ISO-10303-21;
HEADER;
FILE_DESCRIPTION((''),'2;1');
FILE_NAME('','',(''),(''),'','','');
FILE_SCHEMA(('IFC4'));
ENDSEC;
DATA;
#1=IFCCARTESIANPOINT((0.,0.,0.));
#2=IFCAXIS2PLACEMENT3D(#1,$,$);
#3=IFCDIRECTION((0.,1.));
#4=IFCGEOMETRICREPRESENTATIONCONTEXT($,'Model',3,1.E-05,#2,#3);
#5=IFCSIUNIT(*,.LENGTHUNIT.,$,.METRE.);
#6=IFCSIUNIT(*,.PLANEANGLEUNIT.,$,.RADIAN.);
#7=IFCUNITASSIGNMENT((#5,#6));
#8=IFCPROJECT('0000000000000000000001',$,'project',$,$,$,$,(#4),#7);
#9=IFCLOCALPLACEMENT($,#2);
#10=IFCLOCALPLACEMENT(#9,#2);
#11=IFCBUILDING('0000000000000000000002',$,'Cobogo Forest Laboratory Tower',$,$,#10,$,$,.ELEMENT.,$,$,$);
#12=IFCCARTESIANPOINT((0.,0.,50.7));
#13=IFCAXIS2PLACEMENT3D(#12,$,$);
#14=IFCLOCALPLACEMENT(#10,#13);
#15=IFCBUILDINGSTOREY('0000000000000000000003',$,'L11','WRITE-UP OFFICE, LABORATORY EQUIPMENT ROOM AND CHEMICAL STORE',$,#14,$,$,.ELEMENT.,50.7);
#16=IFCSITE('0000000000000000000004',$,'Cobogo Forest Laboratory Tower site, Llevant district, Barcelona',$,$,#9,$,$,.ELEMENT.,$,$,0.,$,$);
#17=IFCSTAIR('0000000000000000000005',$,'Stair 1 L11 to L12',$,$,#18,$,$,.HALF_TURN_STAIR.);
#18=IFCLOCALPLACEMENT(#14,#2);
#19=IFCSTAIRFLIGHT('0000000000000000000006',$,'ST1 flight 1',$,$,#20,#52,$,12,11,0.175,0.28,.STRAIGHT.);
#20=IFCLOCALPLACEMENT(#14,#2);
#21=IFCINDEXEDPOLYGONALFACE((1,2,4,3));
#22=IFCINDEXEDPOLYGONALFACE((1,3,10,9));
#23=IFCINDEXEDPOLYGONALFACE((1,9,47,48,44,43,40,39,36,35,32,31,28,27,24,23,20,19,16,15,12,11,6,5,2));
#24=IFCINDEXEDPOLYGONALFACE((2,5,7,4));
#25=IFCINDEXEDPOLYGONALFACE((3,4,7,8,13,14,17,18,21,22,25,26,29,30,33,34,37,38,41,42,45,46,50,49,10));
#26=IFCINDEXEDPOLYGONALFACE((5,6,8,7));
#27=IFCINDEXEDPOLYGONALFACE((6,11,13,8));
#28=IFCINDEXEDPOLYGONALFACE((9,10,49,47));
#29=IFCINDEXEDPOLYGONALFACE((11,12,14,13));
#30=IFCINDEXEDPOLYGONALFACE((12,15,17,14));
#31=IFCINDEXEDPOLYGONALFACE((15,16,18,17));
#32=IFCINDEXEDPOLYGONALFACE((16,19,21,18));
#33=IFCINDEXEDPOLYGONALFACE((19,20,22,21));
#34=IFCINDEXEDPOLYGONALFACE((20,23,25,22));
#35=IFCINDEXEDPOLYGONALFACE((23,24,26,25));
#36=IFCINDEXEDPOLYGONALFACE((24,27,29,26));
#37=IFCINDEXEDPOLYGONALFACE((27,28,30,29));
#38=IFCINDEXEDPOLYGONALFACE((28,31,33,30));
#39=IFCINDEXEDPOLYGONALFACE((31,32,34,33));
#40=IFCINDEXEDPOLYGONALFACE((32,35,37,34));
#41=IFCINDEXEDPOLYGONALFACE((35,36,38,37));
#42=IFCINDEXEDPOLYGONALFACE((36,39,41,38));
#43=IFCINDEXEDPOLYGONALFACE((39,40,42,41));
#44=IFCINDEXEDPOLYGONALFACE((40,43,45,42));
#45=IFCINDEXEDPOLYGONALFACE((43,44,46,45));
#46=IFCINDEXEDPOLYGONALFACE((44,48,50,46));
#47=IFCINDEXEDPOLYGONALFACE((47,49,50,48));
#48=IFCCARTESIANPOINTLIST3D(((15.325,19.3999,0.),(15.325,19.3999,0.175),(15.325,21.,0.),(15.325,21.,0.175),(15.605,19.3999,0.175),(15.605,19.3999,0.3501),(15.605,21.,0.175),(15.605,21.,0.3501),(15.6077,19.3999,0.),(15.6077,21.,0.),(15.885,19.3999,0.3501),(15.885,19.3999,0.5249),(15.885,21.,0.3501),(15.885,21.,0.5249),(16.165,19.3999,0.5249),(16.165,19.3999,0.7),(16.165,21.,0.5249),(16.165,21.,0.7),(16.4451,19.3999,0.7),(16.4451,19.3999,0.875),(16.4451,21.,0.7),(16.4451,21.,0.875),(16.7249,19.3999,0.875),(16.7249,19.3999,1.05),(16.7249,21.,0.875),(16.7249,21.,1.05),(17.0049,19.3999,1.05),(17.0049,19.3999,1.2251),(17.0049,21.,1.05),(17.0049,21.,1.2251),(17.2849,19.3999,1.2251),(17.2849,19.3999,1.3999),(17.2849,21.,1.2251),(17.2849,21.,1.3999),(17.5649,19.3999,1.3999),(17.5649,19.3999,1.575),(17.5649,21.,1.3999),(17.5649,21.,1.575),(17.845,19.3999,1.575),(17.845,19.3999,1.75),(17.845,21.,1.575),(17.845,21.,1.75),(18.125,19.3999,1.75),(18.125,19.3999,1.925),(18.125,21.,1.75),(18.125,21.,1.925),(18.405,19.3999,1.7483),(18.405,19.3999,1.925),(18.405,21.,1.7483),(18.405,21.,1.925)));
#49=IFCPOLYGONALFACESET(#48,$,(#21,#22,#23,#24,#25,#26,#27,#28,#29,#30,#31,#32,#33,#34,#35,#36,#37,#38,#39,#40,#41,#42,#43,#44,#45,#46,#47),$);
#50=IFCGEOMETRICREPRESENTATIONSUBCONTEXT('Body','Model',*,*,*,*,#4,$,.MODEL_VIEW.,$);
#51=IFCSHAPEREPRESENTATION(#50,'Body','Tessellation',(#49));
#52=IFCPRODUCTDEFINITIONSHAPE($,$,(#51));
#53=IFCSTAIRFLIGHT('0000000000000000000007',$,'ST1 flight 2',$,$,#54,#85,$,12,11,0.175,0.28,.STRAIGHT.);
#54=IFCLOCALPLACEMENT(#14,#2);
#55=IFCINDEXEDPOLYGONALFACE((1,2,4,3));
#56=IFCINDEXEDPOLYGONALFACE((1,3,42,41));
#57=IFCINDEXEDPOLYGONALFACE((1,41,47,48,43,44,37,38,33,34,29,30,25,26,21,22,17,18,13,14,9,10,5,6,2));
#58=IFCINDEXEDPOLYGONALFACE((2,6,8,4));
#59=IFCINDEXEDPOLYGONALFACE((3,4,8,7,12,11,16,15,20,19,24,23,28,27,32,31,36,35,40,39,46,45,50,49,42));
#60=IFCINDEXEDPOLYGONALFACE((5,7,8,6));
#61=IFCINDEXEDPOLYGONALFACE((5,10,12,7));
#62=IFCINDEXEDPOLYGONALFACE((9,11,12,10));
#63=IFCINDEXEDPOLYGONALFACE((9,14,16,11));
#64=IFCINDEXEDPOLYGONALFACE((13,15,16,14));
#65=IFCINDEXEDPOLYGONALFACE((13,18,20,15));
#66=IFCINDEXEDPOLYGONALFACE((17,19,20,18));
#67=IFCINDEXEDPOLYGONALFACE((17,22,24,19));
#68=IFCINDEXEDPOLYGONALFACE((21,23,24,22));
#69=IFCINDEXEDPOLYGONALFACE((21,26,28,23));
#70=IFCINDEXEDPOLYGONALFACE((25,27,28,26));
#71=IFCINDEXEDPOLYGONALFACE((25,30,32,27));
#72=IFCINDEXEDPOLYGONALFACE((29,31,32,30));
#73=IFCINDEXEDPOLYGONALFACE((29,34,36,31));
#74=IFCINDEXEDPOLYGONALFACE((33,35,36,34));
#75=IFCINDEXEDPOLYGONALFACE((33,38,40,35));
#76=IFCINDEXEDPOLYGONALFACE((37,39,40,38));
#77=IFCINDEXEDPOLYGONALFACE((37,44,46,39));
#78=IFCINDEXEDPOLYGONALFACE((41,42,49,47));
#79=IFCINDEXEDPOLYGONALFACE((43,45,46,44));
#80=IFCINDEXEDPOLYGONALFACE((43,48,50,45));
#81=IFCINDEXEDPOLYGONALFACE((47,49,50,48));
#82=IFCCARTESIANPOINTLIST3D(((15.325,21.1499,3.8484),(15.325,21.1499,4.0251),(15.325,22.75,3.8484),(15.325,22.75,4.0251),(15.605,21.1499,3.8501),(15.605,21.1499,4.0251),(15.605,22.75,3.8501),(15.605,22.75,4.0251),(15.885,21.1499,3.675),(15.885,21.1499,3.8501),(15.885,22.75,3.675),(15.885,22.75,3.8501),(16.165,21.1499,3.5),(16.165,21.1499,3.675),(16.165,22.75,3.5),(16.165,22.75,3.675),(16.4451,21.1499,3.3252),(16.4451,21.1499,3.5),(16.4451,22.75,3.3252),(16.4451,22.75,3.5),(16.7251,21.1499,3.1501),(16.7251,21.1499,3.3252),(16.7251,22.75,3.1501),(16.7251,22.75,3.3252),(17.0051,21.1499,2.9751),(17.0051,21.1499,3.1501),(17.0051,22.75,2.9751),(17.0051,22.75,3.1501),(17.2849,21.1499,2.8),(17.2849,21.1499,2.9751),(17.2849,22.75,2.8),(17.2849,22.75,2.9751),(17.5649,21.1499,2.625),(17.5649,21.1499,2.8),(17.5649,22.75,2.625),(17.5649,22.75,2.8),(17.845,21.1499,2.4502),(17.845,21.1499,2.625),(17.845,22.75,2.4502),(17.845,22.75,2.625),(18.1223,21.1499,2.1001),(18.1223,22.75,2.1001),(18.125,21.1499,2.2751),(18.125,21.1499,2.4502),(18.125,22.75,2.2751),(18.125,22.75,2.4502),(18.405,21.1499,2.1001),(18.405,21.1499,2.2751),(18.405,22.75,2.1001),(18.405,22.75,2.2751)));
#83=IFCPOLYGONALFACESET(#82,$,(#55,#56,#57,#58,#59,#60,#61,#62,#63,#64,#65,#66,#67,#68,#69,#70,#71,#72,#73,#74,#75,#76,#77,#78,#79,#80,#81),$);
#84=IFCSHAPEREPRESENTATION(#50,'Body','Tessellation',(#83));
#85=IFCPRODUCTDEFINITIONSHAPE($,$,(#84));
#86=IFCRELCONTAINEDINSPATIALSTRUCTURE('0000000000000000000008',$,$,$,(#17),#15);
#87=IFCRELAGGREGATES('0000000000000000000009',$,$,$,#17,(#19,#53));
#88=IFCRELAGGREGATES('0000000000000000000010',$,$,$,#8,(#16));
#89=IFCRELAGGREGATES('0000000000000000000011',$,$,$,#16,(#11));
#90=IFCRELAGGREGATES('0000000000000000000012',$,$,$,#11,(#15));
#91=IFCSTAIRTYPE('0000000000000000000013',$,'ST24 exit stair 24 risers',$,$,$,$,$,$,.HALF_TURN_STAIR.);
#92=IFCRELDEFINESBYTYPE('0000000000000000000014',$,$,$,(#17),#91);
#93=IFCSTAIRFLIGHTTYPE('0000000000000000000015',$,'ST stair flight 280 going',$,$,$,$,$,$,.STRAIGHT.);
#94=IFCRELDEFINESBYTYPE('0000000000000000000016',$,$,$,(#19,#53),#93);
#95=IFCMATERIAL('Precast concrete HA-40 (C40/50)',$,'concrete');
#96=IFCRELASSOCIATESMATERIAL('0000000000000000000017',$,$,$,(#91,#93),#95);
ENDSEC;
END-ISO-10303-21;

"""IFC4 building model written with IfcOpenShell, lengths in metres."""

from ifc_helpers import new_model, si_unit, direction, frame, origin, place, context, subcontext, project, spatial, polyline, outline, extrude, material, type_object, element, aggregate, save


model = new_model("IFC4")

# Units and contexts
model_context = context("Model", 3, precision=1e-05, world=origin(), true_north=direction((0.0, 1.0)))
body_context = subcontext(model_context, "Body", "Model", "MODEL_VIEW")
ifc_project = project(units=[si_unit("LENGTHUNIT", "METRE"), si_unit("PLANEANGLEUNIT", "RADIAN")], contexts=[model_context])

# Site, building, storey
site_placement = place(None, origin())
site = spatial("IfcSite", under=ifc_project, at=site_placement, Name="Cobogo Forest Laboratory Tower site, Llevant district, Barcelona", CompositionType="ELEMENT", RefElevation=0.0)
building_placement = place(site_placement, origin())
building = spatial("IfcBuilding", under=site, at=building_placement, Name="Cobogo Forest Laboratory Tower", CompositionType="ELEMENT")
storey_placement = place(building_placement, frame((0.0, 0.0, 50.7)))
storey = spatial("IfcBuildingStorey", under=building, at=storey_placement, Name="L11", Description="WRITE-UP OFFICE, LABORATORY EQUIPMENT ROOM AND CHEMICAL STORE", CompositionType="ELEMENT", Elevation=50.7)

# Stair, stair flights
ifc_material_1 = material(Name="Precast concrete HA-40 (C40/50)", Category="concrete")
stair_type = type_object("IfcStairType", Name="ST24 exit stair 24 risers", PredefinedType="HALF_TURN_STAIR", material=ifc_material_1)
stair_placement = place(storey_placement, origin())
stair = element("IfcStair", 1, at=stair_placement, inside=storey, type_object=stair_type, Name="Stair 1 L11 to L12", PredefinedType="HALF_TURN_STAIR")
stair_flight_type = type_object("IfcStairFlightType", Name="ST stair flight 280 going", PredefinedType="STRAIGHT", material=ifc_material_1)
stair_flight_1_placement = place(storey_placement, frame((15.325, 20.2, 0.0), z_axis=(0.0, 0.0, 1.0), x_axis=(1.0, 0.0, 0.0)))
stair_flight_1 = element("IfcStairFlight", 2, at=stair_flight_1_placement, type_object=stair_flight_type, Name="ST1 flight 1", NumberOfRisers=12, NumberOfTreads=11, PredefinedType="STRAIGHT", RiserHeight=0.175, TreadLength=0.28, context=body_context, shape_type="SweptSolid", body=[
    extrude(outline(polyline([(0.0, 0.0), (0.0, 0.175), (0.28, 0.175), (0.28, 0.3501), (0.5601, 0.3501), (0.5601, 0.5249), (0.8401, 0.5249), (0.8401, 0.7), (1.1201, 0.7), (1.1201, 0.875), (1.3999, 0.875), (1.3999, 1.05), (1.6799, 1.05), (1.6799, 1.2251), (1.96, 1.2251), (1.96, 1.3999), (2.24, 1.3999), (2.24, 1.575), (2.52, 1.575), (2.52, 1.75), (2.8, 1.75), (2.8, 1.925), (3.0801, 1.925), (3.0801, 2.1001), (3.0801, 1.7483), (0.2827, 0.0), (0.0, 0.0)])), frame((0.0, 0.8, 0.0), z_axis=(0.0, -1.0, 0.0), x_axis=(1.0, 0.0, 0.0)), (0.0, 0.0, 1.0), 1.6001),
])
stair_flight_2_placement = place(storey_placement, frame((18.405, 21.95, 2.1001), z_axis=(0.0, 0.0, 1.0), x_axis=(-1.0, 0.0, 0.0)))
stair_flight_2 = element("IfcStairFlight", 3, at=stair_flight_2_placement, type_object=stair_flight_type, Name="ST1 flight 2", NumberOfRisers=12, NumberOfTreads=11, PredefinedType="STRAIGHT", RiserHeight=0.175, TreadLength=0.28, context=body_context, shape_type="SweptSolid", body=[
    extrude(outline(polyline([(0.0, 0.0), (0.0, 0.175), (0.28, 0.175), (0.28, 0.3501), (0.5601, 0.3501), (0.5601, 0.5249), (0.8401, 0.5249), (0.8401, 0.7), (1.1201, 0.7), (1.1201, 0.875), (1.3999, 0.875), (1.3999, 1.05), (1.6799, 1.05), (1.6799, 1.2251), (1.96, 1.2251), (1.96, 1.3999), (2.24, 1.3999), (2.24, 1.575), (2.52, 1.575), (2.52, 1.75), (2.8, 1.75), (2.8, 1.925), (3.0801, 1.925), (3.0801, 2.1001), (3.0801, 1.7483), (0.2827, 0.0), (0.0, 0.0)])), frame((0.0, 0.8, 0.0), z_axis=(0.0, -1.0, 0.0), x_axis=(1.0, 0.0, 0.0)), (0.0, 0.0, 1.0), 1.6001),
])
aggregate(stair, [stair_flight_1, stair_flight_2])

save(model, "model.ifc")
